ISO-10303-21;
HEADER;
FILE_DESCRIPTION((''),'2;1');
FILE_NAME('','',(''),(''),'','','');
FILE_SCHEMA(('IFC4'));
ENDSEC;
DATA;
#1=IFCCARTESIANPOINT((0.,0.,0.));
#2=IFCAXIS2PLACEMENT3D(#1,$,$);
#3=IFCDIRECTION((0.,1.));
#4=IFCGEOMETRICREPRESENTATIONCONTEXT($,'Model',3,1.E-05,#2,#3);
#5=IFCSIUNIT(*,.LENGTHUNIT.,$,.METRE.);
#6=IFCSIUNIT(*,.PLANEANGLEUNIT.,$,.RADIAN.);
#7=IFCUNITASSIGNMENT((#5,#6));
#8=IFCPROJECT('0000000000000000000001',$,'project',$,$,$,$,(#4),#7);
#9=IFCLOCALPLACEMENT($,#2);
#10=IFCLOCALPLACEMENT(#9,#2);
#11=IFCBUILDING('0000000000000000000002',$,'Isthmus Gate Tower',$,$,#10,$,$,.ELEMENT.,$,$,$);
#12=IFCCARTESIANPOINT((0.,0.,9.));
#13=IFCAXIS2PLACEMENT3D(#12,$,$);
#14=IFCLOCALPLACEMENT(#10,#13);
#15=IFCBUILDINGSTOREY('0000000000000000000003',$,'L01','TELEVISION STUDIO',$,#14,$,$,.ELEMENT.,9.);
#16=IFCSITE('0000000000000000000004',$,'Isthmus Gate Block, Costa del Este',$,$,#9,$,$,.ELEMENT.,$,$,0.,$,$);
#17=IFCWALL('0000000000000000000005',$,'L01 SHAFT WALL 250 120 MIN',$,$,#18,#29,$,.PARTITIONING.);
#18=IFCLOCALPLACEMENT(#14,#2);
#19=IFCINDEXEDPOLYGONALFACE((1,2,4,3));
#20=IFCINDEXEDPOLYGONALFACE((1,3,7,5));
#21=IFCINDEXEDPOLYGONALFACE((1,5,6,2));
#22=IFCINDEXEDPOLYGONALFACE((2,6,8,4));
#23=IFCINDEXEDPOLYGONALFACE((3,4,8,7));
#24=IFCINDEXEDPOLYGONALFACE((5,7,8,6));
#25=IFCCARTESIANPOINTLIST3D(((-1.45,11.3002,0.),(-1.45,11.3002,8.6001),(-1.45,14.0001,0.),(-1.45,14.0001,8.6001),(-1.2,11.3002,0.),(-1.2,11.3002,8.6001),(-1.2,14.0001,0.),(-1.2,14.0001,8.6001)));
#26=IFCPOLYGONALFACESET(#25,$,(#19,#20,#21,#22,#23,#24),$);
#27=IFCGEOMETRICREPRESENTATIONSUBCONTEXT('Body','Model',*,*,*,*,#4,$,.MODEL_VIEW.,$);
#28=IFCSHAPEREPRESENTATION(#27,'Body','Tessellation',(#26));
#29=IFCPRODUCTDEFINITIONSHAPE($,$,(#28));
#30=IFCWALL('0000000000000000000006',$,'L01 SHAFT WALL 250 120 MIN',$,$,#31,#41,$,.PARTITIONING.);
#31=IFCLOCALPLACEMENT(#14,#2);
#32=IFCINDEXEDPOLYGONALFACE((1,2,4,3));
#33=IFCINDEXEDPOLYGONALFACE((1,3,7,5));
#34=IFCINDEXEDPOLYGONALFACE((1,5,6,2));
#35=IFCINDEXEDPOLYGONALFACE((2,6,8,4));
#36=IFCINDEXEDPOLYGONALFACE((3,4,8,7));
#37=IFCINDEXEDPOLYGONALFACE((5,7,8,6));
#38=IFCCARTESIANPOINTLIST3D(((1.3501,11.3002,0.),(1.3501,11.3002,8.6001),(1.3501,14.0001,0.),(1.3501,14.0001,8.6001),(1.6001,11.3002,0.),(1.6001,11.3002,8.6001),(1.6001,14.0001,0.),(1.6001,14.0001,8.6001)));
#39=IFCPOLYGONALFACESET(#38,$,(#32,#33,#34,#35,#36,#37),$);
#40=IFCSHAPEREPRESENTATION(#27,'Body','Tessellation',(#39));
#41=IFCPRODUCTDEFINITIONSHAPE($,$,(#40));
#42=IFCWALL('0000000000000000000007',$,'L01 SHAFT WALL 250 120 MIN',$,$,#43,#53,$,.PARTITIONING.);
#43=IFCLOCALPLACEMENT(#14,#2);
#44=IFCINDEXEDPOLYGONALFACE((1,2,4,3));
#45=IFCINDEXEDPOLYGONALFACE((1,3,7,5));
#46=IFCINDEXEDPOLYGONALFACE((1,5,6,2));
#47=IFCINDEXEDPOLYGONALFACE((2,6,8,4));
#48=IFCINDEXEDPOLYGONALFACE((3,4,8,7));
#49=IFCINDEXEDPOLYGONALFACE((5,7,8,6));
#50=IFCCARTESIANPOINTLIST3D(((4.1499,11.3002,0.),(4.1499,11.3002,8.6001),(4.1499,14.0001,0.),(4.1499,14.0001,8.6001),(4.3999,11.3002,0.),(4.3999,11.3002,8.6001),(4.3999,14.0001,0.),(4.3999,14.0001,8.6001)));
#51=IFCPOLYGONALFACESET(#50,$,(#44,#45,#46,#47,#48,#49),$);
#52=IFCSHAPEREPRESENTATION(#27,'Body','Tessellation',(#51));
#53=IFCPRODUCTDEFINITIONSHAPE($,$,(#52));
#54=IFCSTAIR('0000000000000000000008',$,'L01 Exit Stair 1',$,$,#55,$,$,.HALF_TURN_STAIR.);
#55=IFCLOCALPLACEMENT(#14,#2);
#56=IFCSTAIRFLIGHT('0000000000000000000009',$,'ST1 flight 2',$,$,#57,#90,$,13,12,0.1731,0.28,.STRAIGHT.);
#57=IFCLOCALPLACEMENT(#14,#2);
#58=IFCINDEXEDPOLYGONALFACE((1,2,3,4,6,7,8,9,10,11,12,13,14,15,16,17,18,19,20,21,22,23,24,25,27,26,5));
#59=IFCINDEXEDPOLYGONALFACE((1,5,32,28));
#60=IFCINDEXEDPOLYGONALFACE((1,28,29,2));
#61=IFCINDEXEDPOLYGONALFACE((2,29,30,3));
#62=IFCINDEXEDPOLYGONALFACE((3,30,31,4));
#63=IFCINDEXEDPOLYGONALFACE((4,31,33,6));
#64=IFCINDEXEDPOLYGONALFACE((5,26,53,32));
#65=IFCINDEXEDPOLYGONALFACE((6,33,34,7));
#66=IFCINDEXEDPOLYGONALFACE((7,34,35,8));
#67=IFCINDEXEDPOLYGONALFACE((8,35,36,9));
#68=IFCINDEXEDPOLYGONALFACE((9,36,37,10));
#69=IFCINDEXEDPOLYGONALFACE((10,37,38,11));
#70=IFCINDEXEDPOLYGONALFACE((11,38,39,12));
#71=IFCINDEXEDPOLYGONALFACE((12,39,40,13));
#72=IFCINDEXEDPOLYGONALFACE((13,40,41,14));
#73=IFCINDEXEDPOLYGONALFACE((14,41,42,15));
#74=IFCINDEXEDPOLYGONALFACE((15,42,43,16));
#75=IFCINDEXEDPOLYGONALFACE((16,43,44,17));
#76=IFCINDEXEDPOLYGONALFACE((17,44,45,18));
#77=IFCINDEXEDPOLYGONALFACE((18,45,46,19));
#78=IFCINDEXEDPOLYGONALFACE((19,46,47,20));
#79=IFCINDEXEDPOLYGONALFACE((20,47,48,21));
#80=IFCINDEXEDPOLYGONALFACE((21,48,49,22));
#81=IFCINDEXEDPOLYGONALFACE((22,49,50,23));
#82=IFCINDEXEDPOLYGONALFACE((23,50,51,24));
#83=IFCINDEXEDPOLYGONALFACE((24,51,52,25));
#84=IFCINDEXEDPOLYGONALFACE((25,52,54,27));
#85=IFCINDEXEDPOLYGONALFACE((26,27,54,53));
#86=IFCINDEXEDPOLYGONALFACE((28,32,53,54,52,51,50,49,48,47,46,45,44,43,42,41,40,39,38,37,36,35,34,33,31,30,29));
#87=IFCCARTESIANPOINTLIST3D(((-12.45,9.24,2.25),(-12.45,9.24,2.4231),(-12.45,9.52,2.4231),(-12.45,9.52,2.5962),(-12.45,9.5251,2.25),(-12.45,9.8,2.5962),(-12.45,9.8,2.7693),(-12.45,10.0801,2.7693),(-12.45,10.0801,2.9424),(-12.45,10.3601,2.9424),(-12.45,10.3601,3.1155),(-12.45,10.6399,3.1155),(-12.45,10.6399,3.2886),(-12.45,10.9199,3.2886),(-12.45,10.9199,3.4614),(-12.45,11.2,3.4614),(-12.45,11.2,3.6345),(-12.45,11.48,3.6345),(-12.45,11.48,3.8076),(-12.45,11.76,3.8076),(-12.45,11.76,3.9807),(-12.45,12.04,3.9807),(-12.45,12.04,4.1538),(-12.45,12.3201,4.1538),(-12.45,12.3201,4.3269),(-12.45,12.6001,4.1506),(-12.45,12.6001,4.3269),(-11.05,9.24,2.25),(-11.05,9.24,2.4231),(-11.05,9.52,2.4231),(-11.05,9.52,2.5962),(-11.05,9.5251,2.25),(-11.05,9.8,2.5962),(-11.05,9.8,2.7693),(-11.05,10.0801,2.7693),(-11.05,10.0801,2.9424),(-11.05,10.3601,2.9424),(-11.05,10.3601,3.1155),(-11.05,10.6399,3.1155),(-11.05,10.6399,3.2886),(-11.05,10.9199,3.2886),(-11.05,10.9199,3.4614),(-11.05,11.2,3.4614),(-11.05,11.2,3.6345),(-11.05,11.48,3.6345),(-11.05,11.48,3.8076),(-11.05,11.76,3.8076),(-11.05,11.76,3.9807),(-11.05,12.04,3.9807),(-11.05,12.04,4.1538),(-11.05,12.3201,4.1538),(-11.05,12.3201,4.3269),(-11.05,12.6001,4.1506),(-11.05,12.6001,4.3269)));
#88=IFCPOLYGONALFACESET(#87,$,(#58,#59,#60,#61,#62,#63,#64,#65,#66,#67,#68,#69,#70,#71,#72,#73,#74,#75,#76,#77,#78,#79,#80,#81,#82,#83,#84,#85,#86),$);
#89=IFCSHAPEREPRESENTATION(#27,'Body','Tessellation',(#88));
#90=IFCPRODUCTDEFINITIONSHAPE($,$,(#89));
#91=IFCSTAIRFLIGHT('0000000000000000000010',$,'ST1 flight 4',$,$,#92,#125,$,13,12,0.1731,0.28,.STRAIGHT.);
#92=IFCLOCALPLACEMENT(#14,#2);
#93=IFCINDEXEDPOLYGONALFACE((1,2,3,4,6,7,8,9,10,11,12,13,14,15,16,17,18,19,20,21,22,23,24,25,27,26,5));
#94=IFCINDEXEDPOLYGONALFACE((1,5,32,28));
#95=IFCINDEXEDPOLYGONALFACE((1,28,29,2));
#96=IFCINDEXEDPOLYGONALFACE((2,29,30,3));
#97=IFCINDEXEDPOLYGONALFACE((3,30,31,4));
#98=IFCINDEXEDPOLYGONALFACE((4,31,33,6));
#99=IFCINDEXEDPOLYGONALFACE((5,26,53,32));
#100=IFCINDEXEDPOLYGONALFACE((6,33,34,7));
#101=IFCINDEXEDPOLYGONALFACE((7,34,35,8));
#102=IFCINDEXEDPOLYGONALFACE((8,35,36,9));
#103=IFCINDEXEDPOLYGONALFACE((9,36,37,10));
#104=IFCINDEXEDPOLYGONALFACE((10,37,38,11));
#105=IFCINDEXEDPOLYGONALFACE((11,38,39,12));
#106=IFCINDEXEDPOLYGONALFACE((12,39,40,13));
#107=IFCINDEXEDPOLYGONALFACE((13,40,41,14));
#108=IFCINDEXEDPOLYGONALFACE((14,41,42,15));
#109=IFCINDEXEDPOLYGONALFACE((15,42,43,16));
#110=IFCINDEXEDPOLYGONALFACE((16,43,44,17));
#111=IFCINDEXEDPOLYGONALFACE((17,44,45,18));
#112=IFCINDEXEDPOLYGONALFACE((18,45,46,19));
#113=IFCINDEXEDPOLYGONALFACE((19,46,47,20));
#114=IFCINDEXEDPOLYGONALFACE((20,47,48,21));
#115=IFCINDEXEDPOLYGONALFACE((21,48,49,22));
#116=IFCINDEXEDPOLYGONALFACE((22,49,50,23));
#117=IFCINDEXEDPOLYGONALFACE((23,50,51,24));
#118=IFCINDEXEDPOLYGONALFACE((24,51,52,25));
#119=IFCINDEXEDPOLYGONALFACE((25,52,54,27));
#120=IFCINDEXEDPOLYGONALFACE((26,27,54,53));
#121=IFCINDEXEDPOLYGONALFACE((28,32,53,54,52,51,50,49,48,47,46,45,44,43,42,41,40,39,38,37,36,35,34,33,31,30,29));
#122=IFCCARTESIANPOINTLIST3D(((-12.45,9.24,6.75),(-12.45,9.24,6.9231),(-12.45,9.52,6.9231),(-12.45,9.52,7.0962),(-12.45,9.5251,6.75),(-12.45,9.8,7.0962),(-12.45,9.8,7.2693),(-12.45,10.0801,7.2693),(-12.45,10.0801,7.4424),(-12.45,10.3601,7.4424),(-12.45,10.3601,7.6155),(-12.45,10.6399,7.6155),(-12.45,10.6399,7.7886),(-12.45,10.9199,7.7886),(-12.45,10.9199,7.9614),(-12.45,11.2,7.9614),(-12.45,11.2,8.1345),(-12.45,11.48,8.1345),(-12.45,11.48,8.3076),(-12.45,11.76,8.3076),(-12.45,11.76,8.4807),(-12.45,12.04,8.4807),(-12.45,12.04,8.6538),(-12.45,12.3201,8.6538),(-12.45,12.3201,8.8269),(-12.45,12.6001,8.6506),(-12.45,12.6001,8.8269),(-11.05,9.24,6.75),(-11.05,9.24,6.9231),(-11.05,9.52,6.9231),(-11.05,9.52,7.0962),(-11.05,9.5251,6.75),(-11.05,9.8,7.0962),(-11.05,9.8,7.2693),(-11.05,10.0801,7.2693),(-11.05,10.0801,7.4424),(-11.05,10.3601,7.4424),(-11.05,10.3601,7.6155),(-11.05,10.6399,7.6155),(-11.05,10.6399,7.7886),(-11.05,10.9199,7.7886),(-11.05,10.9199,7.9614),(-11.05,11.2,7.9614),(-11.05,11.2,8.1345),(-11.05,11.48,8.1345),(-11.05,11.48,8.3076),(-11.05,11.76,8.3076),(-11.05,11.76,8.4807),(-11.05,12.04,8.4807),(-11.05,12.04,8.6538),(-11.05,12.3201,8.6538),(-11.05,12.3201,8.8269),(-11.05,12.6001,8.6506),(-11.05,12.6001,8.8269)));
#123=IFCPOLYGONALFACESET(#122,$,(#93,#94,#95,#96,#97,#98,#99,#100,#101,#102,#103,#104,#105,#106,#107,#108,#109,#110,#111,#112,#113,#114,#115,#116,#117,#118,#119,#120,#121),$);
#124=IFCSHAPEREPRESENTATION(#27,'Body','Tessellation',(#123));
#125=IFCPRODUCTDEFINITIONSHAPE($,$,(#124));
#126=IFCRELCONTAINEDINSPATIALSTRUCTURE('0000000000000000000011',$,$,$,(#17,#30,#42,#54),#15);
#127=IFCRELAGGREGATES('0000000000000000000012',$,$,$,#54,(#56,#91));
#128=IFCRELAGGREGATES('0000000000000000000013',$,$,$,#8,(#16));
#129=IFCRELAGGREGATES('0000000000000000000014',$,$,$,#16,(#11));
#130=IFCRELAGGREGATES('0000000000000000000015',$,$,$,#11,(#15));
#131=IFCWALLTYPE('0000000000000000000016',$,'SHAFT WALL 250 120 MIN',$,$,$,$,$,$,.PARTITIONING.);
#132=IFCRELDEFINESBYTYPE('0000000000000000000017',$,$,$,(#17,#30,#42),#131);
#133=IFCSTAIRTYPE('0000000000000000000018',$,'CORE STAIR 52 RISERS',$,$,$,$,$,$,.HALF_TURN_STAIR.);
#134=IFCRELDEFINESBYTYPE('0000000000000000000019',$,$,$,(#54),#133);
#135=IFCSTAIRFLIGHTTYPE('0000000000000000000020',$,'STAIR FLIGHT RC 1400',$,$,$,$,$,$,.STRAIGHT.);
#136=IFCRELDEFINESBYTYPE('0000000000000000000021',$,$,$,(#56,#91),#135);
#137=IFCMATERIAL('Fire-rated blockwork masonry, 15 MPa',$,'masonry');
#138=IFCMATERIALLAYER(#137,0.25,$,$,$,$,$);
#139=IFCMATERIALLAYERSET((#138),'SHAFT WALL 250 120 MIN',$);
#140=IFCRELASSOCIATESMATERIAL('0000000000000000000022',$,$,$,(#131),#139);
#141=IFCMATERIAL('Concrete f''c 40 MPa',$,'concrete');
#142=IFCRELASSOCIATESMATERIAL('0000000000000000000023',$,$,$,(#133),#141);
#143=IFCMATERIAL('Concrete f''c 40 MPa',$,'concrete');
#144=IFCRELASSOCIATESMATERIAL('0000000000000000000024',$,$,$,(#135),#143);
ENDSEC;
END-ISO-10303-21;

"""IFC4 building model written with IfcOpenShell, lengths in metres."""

from ifc_helpers import new_model, si_unit, direction, frame, frame_2d, origin, place, context, subcontext, project, spatial, polyline, rectangle, outline, extrude, material, layer, layer_set, type_object, element, aggregate, save


model = new_model("IFC4")

# Units and contexts
model_context = context("Model", 3, precision=1e-05, world=origin(), true_north=direction((0.0, 1.0)))
body_context = subcontext(model_context, "Body", "Model", "MODEL_VIEW")
ifc_project = project(units=[si_unit("LENGTHUNIT", "METRE"), si_unit("PLANEANGLEUNIT", "RADIAN")], contexts=[model_context])

# Site, building, storey
site_placement = place(None, origin())
site = spatial("IfcSite", under=ifc_project, at=site_placement, Name="Isthmus Gate Block, Costa del Este", CompositionType="ELEMENT", RefElevation=0.0)
building_placement = place(site_placement, origin())
building = spatial("IfcBuilding", under=site, at=building_placement, Name="Isthmus Gate Tower", CompositionType="ELEMENT")
storey_placement = place(building_placement, frame((0.0, 0.0, 9.0)))
storey = spatial("IfcBuildingStorey", under=building, at=storey_placement, Name="L01", Description="TELEVISION STUDIO", CompositionType="ELEMENT", Elevation=9.0)

# Walls
ifc_material_1 = material(Name="Fire-rated blockwork masonry, 15 MPa", Category="masonry")
ifc_layer_1 = layer(ifc_material_1, 0.25)
ifc_layer_set_1 = layer_set([ifc_layer_1], Name="SHAFT WALL 250 120 MIN")
wall_type_1 = type_object("IfcWallType", Name="SHAFT WALL 250 120 MIN", PredefinedType="PARTITIONING", material=ifc_layer_set_1)
for number, where, z_axis, x_axis, name in (
    (1, (-1.325, 11.3, 0.0), (0.0, 0.0, 1.0), (0.0, 1.0, 0.0), "L01 SHAFT WALL 250 120 MIN"),
    (2, (1.4751, 11.3, 0.0), (0.0, 0.0, 1.0), (0.0, 1.0, 0.0), "L01 SHAFT WALL 250 120 MIN"),
    (3, (4.2749, 11.3, 0.0), (0.0, 0.0, 1.0), (0.0, 1.0, 0.0), "L01 SHAFT WALL 250 120 MIN"),
):
    element("IfcWall", number, at=place(storey_placement, frame(where, z_axis=z_axis, x_axis=x_axis)), inside=storey, type_object=wall_type_1, Name=name, PredefinedType="PARTITIONING", context=body_context, shape_type="SweptSolid", body=[
        extrude(rectangle(XDim=2.7, YDim=0.25, at=frame_2d((1.3501, 0.0))), origin(), (0.0, 0.0, 1.0), 8.6001),
    ])

# Stair, stair flights
ifc_material_2 = material(Name="Concrete f'c 40 MPa", Category="concrete")
stair_type = type_object("IfcStairType", Name="CORE STAIR 52 RISERS", PredefinedType="HALF_TURN_STAIR", material=ifc_material_2)
stair_placement = place(storey_placement, origin())
stair = element("IfcStair", 4, at=stair_placement, inside=storey, type_object=stair_type, Name="L01 Exit Stair 1", PredefinedType="HALF_TURN_STAIR")
ifc_material_3 = material(Name="Concrete f'c 40 MPa", Category="concrete")
stair_flight_type = type_object("IfcStairFlightType", Name="STAIR FLIGHT RC 1400", PredefinedType="STRAIGHT", material=ifc_material_3)
stair_flight_1_placement = place(storey_placement, frame((-11.75, 9.24, 2.25), z_axis=(0.0, 0.0, 1.0), x_axis=(0.0, 1.0, 0.0)))
stair_flight_1 = element("IfcStairFlight", 5, at=stair_flight_1_placement, type_object=stair_flight_type, Name="ST1 flight 2", NumberOfRisers=13, NumberOfTreads=12, PredefinedType="STRAIGHT", RiserHeight=0.1731, TreadLength=0.28, context=body_context, shape_type="SweptSolid", body=[
    extrude(outline(polyline([(0.0, 0.0), (0.0, 0.1731), (0.28, 0.1731), (0.28, 0.3462), (0.5601, 0.3462), (0.5601, 0.5193), (0.8401, 0.5193), (0.8401, 0.6924), (1.1201, 0.6924), (1.1201, 0.8655), (1.3999, 0.8655), (1.3999, 1.0386), (1.6799, 1.0386), (1.6799, 1.2114), (1.96, 1.2114), (1.96, 1.3845), (2.24, 1.3845), (2.24, 1.5576), (2.52, 1.5576), (2.52, 1.7307), (2.8, 1.7307), (2.8, 1.9038), (3.0801, 1.9038), (3.0801, 2.0769), (3.3601, 2.0769), (3.3601, 2.25), (3.3601, 1.9006), (0.2852, 0.0), (0.0, 0.0)])), frame((0.0, 0.7, 0.0), z_axis=(0.0, -1.0, 0.0), x_axis=(1.0, 0.0, 0.0)), (0.0, 0.0, 1.0), 1.3999),
])
stair_flight_2_placement = place(storey_placement, frame((-11.75, 9.24, 6.75), z_axis=(0.0, 0.0, 1.0), x_axis=(0.0, 1.0, 0.0)))
stair_flight_2 = element("IfcStairFlight", 6, at=stair_flight_2_placement, type_object=stair_flight_type, Name="ST1 flight 4", NumberOfRisers=13, NumberOfTreads=12, PredefinedType="STRAIGHT", RiserHeight=0.1731, TreadLength=0.28, context=body_context, shape_type="SweptSolid", body=[
    extrude(outline(polyline([(0.0, 0.0), (0.0, 0.1731), (0.28, 0.1731), (0.28, 0.3462), (0.5601, 0.3462), (0.5601, 0.5193), (0.8401, 0.5193), (0.8401, 0.6924), (1.1201, 0.6924), (1.1201, 0.8655), (1.3999, 0.8655), (1.3999, 1.0386), (1.6799, 1.0386), (1.6799, 1.2114), (1.96, 1.2114), (1.96, 1.3845), (2.24, 1.3845), (2.24, 1.5576), (2.52, 1.5576), (2.52, 1.7307), (2.8, 1.7307), (2.8, 1.9038), (3.0801, 1.9038), (3.0801, 2.0769), (3.3601, 2.0769), (3.3601, 2.25), (3.3601, 1.9006), (0.2852, 0.0), (0.0, 0.0)])), frame((0.0, 0.7, 0.0), z_axis=(0.0, -1.0, 0.0), x_axis=(1.0, 0.0, 0.0)), (0.0, 0.0, 1.0), 1.3999),
])
aggregate(stair, [stair_flight_1, stair_flight_2])

save(model, "model.ifc")
